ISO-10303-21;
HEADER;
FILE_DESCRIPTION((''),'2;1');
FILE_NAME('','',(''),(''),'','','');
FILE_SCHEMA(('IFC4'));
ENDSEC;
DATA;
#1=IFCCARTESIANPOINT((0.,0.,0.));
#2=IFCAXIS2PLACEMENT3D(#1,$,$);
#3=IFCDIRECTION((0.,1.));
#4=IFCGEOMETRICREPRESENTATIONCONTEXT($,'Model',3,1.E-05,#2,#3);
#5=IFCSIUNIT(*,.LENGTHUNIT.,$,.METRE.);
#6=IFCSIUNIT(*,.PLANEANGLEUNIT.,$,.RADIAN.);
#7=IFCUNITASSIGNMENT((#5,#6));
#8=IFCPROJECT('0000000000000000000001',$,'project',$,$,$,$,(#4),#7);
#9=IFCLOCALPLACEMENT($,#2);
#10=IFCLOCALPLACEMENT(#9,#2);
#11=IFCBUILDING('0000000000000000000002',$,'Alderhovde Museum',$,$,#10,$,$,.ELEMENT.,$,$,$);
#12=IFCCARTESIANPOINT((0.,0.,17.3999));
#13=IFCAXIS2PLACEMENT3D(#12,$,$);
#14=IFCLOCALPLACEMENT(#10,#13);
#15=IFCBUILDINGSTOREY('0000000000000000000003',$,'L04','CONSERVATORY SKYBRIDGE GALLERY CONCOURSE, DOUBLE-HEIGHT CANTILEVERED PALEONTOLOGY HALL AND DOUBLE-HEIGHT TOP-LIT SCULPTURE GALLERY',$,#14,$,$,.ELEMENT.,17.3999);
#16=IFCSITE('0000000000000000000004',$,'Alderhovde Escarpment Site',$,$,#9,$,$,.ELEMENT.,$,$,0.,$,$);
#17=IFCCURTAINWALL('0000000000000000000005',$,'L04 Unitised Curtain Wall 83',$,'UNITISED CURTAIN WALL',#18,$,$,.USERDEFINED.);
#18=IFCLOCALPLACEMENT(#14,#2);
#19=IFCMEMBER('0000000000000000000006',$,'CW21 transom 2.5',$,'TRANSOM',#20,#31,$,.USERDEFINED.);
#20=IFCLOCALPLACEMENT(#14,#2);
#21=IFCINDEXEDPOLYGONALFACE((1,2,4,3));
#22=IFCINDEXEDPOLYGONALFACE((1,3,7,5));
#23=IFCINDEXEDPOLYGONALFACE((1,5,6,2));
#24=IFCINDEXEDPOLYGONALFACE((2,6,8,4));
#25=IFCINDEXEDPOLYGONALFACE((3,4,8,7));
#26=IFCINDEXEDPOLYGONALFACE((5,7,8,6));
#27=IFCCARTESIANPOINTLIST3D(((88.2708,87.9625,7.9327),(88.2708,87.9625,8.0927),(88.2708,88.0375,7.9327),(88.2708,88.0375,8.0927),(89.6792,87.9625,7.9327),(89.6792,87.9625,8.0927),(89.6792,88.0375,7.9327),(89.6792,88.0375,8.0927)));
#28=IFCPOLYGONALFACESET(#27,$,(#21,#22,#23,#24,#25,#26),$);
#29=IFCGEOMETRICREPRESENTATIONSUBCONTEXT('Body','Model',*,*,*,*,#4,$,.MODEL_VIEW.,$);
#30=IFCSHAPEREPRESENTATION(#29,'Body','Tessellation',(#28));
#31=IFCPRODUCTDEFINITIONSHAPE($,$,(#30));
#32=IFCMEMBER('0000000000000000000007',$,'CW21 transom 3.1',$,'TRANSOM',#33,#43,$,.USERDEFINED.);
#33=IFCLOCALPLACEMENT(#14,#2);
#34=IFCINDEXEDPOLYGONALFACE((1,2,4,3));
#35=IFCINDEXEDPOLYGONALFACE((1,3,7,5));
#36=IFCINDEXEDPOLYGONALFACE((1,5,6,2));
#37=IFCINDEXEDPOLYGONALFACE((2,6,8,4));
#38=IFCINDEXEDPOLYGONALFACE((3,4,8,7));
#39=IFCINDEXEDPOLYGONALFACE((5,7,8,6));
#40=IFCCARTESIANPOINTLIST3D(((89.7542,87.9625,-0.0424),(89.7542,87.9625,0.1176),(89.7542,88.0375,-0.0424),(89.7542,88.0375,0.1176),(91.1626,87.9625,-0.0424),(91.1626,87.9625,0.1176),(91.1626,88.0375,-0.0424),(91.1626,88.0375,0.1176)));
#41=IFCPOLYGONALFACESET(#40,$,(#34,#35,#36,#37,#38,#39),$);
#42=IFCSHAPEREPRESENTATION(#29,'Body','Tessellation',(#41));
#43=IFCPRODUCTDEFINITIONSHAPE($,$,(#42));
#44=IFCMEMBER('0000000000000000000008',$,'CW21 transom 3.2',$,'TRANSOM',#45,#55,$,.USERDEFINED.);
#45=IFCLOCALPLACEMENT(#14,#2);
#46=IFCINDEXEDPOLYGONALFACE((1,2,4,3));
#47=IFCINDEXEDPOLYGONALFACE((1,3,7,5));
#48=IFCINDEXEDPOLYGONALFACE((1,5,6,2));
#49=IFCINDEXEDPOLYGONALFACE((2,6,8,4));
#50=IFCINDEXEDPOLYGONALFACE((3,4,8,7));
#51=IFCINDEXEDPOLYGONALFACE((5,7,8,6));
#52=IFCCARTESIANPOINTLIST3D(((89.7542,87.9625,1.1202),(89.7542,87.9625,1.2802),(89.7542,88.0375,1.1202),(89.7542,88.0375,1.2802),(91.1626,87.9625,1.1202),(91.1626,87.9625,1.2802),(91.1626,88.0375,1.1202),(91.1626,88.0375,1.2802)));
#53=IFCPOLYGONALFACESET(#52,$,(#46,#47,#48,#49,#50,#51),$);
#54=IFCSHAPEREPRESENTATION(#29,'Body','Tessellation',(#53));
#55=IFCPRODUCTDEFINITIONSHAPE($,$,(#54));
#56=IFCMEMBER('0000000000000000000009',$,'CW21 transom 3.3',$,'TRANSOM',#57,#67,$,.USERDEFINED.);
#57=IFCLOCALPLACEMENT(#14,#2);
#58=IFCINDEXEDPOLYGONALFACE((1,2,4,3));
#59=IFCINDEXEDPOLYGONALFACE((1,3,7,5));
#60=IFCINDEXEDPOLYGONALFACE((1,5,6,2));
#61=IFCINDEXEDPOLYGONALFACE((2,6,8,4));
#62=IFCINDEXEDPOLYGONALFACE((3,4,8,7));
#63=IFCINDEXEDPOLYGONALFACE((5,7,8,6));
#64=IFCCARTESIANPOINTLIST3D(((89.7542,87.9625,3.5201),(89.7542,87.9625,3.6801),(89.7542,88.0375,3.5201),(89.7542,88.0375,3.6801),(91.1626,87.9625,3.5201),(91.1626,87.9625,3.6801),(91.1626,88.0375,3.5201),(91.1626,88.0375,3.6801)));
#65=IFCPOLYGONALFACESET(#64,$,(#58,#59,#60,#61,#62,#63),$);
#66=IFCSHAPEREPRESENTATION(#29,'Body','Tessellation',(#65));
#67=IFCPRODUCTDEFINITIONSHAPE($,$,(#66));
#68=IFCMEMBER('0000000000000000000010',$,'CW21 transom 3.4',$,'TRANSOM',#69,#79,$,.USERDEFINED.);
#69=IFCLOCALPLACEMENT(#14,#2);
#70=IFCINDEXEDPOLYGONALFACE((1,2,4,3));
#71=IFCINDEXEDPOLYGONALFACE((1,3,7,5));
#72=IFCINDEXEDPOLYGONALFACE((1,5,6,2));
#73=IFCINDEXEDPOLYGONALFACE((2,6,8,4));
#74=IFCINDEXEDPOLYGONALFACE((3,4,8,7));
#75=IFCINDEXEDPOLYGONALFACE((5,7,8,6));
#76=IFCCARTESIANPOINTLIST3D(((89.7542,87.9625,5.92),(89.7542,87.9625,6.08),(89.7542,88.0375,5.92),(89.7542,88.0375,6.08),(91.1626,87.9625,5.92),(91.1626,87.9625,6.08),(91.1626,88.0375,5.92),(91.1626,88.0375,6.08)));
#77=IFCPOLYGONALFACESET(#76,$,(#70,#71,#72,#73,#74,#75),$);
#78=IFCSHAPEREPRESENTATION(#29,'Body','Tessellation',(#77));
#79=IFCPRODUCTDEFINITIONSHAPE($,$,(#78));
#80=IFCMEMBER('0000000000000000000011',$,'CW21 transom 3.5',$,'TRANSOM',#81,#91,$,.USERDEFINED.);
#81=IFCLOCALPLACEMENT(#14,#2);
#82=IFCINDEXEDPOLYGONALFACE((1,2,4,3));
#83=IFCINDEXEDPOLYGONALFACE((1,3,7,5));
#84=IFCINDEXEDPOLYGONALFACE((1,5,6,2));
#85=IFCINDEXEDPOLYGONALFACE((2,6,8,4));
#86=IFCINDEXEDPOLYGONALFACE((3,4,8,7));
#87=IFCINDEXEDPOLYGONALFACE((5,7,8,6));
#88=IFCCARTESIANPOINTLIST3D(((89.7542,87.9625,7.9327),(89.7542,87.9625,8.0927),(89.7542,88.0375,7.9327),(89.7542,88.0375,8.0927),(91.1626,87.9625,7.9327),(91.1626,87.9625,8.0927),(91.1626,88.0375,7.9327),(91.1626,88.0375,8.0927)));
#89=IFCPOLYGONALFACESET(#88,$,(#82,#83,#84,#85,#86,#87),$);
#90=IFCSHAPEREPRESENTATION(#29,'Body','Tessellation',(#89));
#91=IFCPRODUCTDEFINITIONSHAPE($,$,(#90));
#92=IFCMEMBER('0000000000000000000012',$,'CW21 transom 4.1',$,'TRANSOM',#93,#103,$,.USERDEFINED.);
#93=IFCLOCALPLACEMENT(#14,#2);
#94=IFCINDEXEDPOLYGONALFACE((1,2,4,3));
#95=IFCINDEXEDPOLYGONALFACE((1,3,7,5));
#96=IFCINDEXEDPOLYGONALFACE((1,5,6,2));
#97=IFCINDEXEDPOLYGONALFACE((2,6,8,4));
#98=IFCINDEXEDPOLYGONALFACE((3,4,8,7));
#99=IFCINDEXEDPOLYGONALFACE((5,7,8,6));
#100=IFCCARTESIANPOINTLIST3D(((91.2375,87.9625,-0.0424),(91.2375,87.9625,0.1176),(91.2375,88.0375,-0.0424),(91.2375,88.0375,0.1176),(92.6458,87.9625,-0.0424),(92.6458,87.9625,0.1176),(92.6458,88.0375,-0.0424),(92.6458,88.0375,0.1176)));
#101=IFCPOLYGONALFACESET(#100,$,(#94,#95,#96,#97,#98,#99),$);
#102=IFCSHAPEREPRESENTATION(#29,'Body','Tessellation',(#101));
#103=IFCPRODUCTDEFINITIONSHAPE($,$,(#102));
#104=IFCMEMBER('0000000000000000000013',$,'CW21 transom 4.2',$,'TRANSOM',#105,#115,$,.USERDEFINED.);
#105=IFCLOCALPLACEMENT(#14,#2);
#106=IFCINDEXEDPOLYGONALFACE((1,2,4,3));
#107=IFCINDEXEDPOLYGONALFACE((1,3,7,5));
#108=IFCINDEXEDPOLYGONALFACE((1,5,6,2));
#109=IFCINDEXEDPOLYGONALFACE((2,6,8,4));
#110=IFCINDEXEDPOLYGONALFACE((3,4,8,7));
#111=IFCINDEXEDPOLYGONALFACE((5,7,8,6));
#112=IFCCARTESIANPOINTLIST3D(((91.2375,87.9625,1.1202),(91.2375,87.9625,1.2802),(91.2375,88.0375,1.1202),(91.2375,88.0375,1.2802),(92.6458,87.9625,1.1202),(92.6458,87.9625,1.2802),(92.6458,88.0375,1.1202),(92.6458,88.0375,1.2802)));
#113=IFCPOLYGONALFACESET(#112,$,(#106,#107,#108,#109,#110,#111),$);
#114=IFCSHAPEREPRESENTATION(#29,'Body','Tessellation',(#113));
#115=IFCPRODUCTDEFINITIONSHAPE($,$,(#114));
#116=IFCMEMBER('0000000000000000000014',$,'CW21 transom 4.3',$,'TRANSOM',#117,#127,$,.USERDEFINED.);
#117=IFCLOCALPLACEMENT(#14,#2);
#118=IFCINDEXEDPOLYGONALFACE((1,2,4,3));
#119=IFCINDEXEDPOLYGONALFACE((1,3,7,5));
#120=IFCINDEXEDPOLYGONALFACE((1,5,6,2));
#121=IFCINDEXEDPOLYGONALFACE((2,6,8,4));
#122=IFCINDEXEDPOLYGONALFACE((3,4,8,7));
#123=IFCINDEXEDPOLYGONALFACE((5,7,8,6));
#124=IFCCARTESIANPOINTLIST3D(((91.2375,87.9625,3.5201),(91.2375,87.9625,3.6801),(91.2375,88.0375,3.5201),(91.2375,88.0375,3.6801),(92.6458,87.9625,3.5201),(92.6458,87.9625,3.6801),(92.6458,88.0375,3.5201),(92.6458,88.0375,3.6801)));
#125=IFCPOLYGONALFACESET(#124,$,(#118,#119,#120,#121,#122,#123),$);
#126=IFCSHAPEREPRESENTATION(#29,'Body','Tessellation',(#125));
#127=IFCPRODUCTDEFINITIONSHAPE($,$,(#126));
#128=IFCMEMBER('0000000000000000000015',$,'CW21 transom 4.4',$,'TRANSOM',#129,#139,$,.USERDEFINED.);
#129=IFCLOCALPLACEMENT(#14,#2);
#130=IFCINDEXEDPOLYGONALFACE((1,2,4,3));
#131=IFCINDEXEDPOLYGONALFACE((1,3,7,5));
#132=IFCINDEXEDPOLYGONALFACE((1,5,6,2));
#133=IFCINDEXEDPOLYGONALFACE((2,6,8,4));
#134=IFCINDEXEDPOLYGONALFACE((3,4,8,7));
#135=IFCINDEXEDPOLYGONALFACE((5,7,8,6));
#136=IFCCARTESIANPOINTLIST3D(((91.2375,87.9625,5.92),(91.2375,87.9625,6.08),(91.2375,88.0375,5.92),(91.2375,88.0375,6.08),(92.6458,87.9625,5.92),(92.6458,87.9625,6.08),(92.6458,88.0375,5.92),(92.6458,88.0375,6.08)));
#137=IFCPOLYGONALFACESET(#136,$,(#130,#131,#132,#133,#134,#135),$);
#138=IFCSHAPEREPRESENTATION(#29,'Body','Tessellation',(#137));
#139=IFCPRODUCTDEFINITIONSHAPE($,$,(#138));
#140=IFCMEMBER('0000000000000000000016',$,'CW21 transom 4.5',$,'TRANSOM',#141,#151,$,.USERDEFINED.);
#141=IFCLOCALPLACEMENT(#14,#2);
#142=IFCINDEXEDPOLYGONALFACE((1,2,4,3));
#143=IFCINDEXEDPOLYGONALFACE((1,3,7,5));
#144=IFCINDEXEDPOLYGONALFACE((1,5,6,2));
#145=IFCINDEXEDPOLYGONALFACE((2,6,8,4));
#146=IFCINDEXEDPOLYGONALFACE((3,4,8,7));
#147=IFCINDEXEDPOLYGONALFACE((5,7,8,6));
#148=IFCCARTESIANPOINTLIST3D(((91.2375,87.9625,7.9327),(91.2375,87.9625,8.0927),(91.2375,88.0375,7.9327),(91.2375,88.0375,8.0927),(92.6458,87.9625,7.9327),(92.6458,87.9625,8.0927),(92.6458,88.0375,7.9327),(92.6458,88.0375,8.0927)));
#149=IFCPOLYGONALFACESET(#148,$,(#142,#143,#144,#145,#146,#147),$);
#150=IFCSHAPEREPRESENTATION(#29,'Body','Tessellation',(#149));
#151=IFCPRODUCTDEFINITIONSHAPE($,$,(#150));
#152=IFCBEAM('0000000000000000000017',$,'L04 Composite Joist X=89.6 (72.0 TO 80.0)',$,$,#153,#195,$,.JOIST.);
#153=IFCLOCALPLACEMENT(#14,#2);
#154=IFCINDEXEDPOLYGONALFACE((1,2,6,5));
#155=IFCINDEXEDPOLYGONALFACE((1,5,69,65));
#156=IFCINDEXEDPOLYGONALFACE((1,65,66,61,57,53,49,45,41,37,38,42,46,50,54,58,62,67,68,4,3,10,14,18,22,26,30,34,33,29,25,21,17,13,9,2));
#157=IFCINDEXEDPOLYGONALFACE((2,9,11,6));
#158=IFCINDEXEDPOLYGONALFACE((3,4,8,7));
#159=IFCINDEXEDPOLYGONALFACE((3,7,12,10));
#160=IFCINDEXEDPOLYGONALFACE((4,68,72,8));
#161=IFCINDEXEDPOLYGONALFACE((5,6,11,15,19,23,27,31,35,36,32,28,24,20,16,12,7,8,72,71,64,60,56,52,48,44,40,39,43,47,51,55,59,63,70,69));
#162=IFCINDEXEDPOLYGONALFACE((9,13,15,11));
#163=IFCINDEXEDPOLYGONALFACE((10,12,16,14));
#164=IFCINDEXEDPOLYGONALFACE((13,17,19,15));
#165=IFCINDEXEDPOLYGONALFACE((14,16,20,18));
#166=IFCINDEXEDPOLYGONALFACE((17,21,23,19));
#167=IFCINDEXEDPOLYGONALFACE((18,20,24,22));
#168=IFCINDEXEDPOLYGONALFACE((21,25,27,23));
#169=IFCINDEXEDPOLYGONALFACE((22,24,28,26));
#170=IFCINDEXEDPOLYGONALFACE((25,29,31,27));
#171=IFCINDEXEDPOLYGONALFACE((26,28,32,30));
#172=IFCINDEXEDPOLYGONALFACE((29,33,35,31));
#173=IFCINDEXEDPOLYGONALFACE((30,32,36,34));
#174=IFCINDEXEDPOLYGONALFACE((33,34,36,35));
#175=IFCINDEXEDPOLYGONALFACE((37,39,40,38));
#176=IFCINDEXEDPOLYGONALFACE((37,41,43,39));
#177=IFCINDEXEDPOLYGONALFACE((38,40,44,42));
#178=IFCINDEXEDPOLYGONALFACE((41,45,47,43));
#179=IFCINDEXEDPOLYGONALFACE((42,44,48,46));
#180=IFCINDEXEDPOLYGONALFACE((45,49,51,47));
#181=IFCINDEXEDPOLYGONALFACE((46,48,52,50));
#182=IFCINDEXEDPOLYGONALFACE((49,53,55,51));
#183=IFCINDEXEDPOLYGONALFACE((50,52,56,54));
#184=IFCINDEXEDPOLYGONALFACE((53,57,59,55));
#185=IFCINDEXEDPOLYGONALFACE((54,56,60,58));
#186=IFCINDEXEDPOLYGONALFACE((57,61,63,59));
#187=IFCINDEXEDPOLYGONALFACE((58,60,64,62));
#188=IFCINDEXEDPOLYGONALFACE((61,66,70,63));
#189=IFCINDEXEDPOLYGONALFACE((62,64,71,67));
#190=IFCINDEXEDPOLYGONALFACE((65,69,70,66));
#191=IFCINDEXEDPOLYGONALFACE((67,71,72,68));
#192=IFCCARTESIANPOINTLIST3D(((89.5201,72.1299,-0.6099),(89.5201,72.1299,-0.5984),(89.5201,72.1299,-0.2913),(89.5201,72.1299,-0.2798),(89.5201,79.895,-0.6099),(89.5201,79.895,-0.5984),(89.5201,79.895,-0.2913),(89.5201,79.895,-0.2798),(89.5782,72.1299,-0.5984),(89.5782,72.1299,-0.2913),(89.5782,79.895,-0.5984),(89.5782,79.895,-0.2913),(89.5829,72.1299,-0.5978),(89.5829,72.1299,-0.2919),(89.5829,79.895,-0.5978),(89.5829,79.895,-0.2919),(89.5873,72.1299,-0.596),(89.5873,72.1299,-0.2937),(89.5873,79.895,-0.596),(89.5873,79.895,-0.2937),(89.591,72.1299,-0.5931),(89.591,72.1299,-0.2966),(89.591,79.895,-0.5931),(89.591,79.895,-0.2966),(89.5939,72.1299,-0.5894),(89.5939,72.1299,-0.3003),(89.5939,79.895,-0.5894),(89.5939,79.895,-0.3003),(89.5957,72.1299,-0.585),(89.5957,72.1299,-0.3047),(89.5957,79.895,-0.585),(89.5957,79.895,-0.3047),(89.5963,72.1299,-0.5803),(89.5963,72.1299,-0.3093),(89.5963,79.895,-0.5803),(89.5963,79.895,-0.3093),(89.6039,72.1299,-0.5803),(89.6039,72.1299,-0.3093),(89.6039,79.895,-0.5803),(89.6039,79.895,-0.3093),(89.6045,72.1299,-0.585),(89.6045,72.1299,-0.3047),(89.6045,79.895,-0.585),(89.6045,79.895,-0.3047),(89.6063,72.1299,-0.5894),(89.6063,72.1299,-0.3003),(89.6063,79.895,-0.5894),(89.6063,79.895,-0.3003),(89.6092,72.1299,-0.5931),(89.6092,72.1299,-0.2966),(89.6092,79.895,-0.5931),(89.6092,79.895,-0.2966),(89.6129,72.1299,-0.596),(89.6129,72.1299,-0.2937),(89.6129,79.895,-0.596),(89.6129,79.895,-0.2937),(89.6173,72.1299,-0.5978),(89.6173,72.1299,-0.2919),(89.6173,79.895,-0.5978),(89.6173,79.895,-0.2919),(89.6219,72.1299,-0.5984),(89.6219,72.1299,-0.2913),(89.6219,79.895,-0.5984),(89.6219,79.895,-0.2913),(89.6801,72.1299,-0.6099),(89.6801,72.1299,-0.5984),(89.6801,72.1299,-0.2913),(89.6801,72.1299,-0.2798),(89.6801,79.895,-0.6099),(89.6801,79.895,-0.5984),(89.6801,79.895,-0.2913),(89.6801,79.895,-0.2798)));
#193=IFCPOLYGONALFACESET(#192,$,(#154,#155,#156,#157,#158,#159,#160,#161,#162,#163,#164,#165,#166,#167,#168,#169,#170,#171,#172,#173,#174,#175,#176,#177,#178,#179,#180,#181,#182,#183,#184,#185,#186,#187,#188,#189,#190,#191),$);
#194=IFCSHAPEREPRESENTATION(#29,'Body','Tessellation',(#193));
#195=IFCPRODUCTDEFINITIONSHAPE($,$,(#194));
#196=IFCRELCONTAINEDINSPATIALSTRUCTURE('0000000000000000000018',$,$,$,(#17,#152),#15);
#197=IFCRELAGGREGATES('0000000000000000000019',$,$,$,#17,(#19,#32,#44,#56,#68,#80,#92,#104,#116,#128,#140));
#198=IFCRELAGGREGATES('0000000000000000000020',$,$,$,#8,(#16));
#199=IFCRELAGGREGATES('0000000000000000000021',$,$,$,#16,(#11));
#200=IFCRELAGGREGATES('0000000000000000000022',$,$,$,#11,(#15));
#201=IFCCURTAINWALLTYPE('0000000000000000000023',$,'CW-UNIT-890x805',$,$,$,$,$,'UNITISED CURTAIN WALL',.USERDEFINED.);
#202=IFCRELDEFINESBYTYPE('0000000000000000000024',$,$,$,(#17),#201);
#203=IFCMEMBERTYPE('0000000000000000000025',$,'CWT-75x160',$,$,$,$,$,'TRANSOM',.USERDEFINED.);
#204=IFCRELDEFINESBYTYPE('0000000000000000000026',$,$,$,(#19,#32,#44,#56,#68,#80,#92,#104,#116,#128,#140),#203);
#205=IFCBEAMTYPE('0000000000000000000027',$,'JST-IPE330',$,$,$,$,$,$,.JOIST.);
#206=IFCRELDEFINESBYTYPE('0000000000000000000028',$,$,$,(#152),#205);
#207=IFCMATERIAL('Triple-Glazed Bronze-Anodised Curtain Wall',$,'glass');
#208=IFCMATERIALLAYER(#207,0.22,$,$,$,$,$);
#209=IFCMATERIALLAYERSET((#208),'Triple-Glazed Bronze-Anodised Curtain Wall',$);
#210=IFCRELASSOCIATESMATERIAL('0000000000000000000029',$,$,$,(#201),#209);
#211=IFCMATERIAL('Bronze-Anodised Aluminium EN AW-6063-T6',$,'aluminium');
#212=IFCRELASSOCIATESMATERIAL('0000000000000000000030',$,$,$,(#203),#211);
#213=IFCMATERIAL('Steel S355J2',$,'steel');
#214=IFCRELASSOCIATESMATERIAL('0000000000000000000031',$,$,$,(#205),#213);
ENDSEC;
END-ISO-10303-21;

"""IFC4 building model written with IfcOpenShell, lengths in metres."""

from ifc_helpers import new_model, si_unit, direction, frame, origin, origin_2d, place, context, subcontext, project, spatial, rectangle, i_section, extrude, material, layer, layer_set, material_profile, profile_set, type_object, element, aggregate, save


model = new_model("IFC4")

# Units and contexts
model_context = context("Model", 3, precision=1e-05, world=origin(), true_north=direction((0.0, 1.0)))
body_context = subcontext(model_context, "Body", "Model", "MODEL_VIEW")
ifc_project = project(units=[si_unit("LENGTHUNIT", "METRE"), si_unit("PLANEANGLEUNIT", "RADIAN")], contexts=[model_context])

# Site, building, storey
site_placement = place(None, origin())
site = spatial("IfcSite", under=ifc_project, at=site_placement, Name="Alderhovde Escarpment Site", CompositionType="ELEMENT", RefElevation=0.0)
building_placement = place(site_placement, origin())
building = spatial("IfcBuilding", under=site, at=building_placement, Name="Alderhovde Museum", CompositionType="ELEMENT")
storey_placement = place(building_placement, frame((0.0, 0.0, 17.3999)))
storey = spatial("IfcBuildingStorey", under=building, at=storey_placement, Name="L04", Description="CONSERVATORY SKYBRIDGE GALLERY CONCOURSE, DOUBLE-HEIGHT CANTILEVERED PALEONTOLOGY HALL AND DOUBLE-HEIGHT TOP-LIT SCULPTURE GALLERY", CompositionType="ELEMENT", Elevation=17.3999)

# Curtain wall, members
ifc_material_1 = material(Name="Triple-Glazed Bronze-Anodised Curtain Wall", Category="glass")
ifc_layer_1 = layer(ifc_material_1, 0.22)
ifc_layer_set_1 = layer_set([ifc_layer_1], Name="Triple-Glazed Bronze-Anodised Curtain Wall")
curtain_wall_type = type_object("IfcCurtainWallType", Name="CW-UNIT-890x805", ElementType="UNITISED CURTAIN WALL", PredefinedType="USERDEFINED", material=ifc_layer_set_1)
curtain_wall_placement = place(storey_placement, origin())
curtain_wall = element("IfcCurtainWall", 1, at=curtain_wall_placement, inside=storey, type_object=curtain_wall_type, Name="L04 Unitised Curtain Wall 83", ObjectType="UNITISED CURTAIN WALL", PredefinedType="USERDEFINED")
ifc_material_2 = material(Name="Bronze-Anodised Aluminium EN AW-6063-T6", Category="aluminium")
ifc_material_profile_1 = material_profile(ifc_material_2, rectangle(XDim=0.075, YDim=0.1599, at=origin_2d()), Name="TRANSOM 75x160")
ifc_profile_set_1 = profile_set([ifc_material_profile_1], Name="Bronze-Anodised Aluminium EN AW-6063-T6")
member_type_1 = type_object("IfcMemberType", Name="CWT-75x160", ElementType="TRANSOM", PredefinedType="USERDEFINED", material=ifc_profile_set_1)
member_1_placement = place(storey_placement, frame((88.2708, 88.0, 8.0127), z_axis=(1.0, 0.0, 0.0), x_axis=(0.0, 1.0, 0.0)))
member_1 = element("IfcMember", 2, at=member_1_placement, type_object=member_type_1, Name="CW21 transom 2.5", ObjectType="TRANSOM", PredefinedType="USERDEFINED", context=body_context, shape_type="SweptSolid", body=[
    extrude(rectangle(XDim=0.075, YDim=0.1599, at=origin_2d()), origin(), (0.0, 0.0, 1.0), 1.4084),
])
member_2_placement = place(storey_placement, frame((89.7542, 88.0, 0.0376), z_axis=(1.0, 0.0, 0.0), x_axis=(0.0, 1.0, 0.0)))
member_2 = element("IfcMember", 3, at=member_2_placement, type_object=member_type_1, Name="CW21 transom 3.1", ObjectType="TRANSOM", PredefinedType="USERDEFINED", context=body_context, shape_type="SweptSolid", body=[
    extrude(rectangle(XDim=0.075, YDim=0.1599, at=origin_2d()), origin(), (0.0, 0.0, 1.0), 1.4084),
])
member_3_placement = place(storey_placement, frame((89.7542, 88.0, 1.2002), z_axis=(1.0, 0.0, 0.0), x_axis=(0.0, 1.0, 0.0)))
member_3 = element("IfcMember", 4, at=member_3_placement, type_object=member_type_1, Name="CW21 transom 3.2", ObjectType="TRANSOM", PredefinedType="USERDEFINED", context=body_context, shape_type="SweptSolid", body=[
    extrude(rectangle(XDim=0.075, YDim=0.1599, at=origin_2d()), origin(), (0.0, 0.0, 1.0), 1.4084),
])
member_4_placement = place(storey_placement, frame((89.7542, 88.0, 3.6001), z_axis=(1.0, 0.0, 0.0), x_axis=(0.0, 1.0, 0.0)))
member_4 = element("IfcMember", 5, at=member_4_placement, type_object=member_type_1, Name="CW21 transom 3.3", ObjectType="TRANSOM", PredefinedType="USERDEFINED", context=body_context, shape_type="SweptSolid", body=[
    extrude(rectangle(XDim=0.075, YDim=0.1599, at=origin_2d()), origin(), (0.0, 0.0, 1.0), 1.4084),
])
member_5_placement = place(storey_placement, frame((89.7542, 88.0, 6.0), z_axis=(1.0, 0.0, 0.0), x_axis=(0.0, 1.0, 0.0)))
member_5 = element("IfcMember", 6, at=member_5_placement, type_object=member_type_1, Name="CW21 transom 3.4", ObjectType="TRANSOM", PredefinedType="USERDEFINED", context=body_context, shape_type="SweptSolid", body=[
    extrude(rectangle(XDim=0.075, YDim=0.1599, at=origin_2d()), origin(), (0.0, 0.0, 1.0), 1.4084),
])
member_6_placement = place(storey_placement, frame((89.7542, 88.0, 8.0127), z_axis=(1.0, 0.0, 0.0), x_axis=(0.0, 1.0, 0.0)))
member_6 = element("IfcMember", 7, at=member_6_placement, type_object=member_type_1, Name="CW21 transom 3.5", ObjectType="TRANSOM", PredefinedType="USERDEFINED", context=body_context, shape_type="SweptSolid", body=[
    extrude(rectangle(XDim=0.075, YDim=0.1599, at=origin_2d()), origin(), (0.0, 0.0, 1.0), 1.4084),
])
member_7_placement = place(storey_placement, frame((91.2375, 88.0, 0.0376), z_axis=(1.0, 0.0, 0.0), x_axis=(0.0, 1.0, 0.0)))
member_7 = element("IfcMember", 8, at=member_7_placement, type_object=member_type_1, Name="CW21 transom 4.1", ObjectType="TRANSOM", PredefinedType="USERDEFINED", context=body_context, shape_type="SweptSolid", body=[
    extrude(rectangle(XDim=0.075, YDim=0.1599, at=origin_2d()), origin(), (0.0, 0.0, 1.0), 1.4082),
])
member_8_placement = place(storey_placement, frame((91.2375, 88.0, 1.2002), z_axis=(1.0, 0.0, 0.0), x_axis=(0.0, 1.0, 0.0)))
member_8 = element("IfcMember", 9, at=member_8_placement, type_object=member_type_1, Name="CW21 transom 4.2", ObjectType="TRANSOM", PredefinedType="USERDEFINED", context=body_context, shape_type="SweptSolid", body=[
    extrude(rectangle(XDim=0.075, YDim=0.1599, at=origin_2d()), origin(), (0.0, 0.0, 1.0), 1.4082),
])
member_9_placement = place(storey_placement, frame((91.2375, 88.0, 3.6001), z_axis=(1.0, 0.0, 0.0), x_axis=(0.0, 1.0, 0.0)))
member_9 = element("IfcMember", 10, at=member_9_placement, type_object=member_type_1, Name="CW21 transom 4.3", ObjectType="TRANSOM", PredefinedType="USERDEFINED", context=body_context, shape_type="SweptSolid", body=[
    extrude(rectangle(XDim=0.075, YDim=0.1599, at=origin_2d()), origin(), (0.0, 0.0, 1.0), 1.4082),
])
member_10_placement = place(storey_placement, frame((91.2375, 88.0, 6.0), z_axis=(1.0, 0.0, 0.0), x_axis=(0.0, 1.0, 0.0)))
member_10 = element("IfcMember", 11, at=member_10_placement, type_object=member_type_1, Name="CW21 transom 4.4", ObjectType="TRANSOM", PredefinedType="USERDEFINED", context=body_context, shape_type="SweptSolid", body=[
    extrude(rectangle(XDim=0.075, YDim=0.1599, at=origin_2d()), origin(), (0.0, 0.0, 1.0), 1.4082),
])
member_11_placement = place(storey_placement, frame((91.2375, 88.0, 8.0127), z_axis=(1.0, 0.0, 0.0), x_axis=(0.0, 1.0, 0.0)))
member_11 = element("IfcMember", 12, at=member_11_placement, type_object=member_type_1, Name="CW21 transom 4.5", ObjectType="TRANSOM", PredefinedType="USERDEFINED", context=body_context, shape_type="SweptSolid", body=[
    extrude(rectangle(XDim=0.075, YDim=0.1599, at=origin_2d()), origin(), (0.0, 0.0, 1.0), 1.4082),
])

# Beam
ifc_material_3 = material(Name="Steel S355J2", Category="steel")
ifc_material_profile_2 = material_profile(ifc_material_3, i_section(OverallWidth=0.1599, OverallDepth=0.3301, WebThickness=0.0076, FlangeThickness=0.0115, FilletRadius=0.0181, at=origin_2d()), Name="IPE 330")
ifc_profile_set_2 = profile_set([ifc_material_profile_2], Name="Steel S355J2")
beam_type_1 = type_object("IfcBeamType", Name="JST-IPE330", PredefinedType="JOIST", material=ifc_profile_set_2)
for number, where, z_axis, x_axis, name in (
    (13, (89.6001, 72.1299, -0.4448), (0.0, 1.0, 0.0), (-1.0, 0.0, 0.0), "L04 Composite Joist X=89.6 (72.0 TO 80.0)"),
):
    element("IfcBeam", number, at=place(storey_placement, frame(where, z_axis=z_axis, x_axis=x_axis)), inside=storey, type_object=beam_type_1, Name=name, PredefinedType="JOIST", context=body_context, shape_type="SweptSolid", body=[
        extrude(i_section(OverallWidth=0.1599, OverallDepth=0.3301, WebThickness=0.0076, FlangeThickness=0.0115, FilletRadius=0.0181, at=origin_2d()), origin(), (0.0, 0.0, 1.0), 7.7651),
    ])

aggregate(curtain_wall, [member_1, member_2, member_3, member_4, member_5, member_6, member_7, member_8, member_9, member_10, member_11])

save(model, "model.ifc")
